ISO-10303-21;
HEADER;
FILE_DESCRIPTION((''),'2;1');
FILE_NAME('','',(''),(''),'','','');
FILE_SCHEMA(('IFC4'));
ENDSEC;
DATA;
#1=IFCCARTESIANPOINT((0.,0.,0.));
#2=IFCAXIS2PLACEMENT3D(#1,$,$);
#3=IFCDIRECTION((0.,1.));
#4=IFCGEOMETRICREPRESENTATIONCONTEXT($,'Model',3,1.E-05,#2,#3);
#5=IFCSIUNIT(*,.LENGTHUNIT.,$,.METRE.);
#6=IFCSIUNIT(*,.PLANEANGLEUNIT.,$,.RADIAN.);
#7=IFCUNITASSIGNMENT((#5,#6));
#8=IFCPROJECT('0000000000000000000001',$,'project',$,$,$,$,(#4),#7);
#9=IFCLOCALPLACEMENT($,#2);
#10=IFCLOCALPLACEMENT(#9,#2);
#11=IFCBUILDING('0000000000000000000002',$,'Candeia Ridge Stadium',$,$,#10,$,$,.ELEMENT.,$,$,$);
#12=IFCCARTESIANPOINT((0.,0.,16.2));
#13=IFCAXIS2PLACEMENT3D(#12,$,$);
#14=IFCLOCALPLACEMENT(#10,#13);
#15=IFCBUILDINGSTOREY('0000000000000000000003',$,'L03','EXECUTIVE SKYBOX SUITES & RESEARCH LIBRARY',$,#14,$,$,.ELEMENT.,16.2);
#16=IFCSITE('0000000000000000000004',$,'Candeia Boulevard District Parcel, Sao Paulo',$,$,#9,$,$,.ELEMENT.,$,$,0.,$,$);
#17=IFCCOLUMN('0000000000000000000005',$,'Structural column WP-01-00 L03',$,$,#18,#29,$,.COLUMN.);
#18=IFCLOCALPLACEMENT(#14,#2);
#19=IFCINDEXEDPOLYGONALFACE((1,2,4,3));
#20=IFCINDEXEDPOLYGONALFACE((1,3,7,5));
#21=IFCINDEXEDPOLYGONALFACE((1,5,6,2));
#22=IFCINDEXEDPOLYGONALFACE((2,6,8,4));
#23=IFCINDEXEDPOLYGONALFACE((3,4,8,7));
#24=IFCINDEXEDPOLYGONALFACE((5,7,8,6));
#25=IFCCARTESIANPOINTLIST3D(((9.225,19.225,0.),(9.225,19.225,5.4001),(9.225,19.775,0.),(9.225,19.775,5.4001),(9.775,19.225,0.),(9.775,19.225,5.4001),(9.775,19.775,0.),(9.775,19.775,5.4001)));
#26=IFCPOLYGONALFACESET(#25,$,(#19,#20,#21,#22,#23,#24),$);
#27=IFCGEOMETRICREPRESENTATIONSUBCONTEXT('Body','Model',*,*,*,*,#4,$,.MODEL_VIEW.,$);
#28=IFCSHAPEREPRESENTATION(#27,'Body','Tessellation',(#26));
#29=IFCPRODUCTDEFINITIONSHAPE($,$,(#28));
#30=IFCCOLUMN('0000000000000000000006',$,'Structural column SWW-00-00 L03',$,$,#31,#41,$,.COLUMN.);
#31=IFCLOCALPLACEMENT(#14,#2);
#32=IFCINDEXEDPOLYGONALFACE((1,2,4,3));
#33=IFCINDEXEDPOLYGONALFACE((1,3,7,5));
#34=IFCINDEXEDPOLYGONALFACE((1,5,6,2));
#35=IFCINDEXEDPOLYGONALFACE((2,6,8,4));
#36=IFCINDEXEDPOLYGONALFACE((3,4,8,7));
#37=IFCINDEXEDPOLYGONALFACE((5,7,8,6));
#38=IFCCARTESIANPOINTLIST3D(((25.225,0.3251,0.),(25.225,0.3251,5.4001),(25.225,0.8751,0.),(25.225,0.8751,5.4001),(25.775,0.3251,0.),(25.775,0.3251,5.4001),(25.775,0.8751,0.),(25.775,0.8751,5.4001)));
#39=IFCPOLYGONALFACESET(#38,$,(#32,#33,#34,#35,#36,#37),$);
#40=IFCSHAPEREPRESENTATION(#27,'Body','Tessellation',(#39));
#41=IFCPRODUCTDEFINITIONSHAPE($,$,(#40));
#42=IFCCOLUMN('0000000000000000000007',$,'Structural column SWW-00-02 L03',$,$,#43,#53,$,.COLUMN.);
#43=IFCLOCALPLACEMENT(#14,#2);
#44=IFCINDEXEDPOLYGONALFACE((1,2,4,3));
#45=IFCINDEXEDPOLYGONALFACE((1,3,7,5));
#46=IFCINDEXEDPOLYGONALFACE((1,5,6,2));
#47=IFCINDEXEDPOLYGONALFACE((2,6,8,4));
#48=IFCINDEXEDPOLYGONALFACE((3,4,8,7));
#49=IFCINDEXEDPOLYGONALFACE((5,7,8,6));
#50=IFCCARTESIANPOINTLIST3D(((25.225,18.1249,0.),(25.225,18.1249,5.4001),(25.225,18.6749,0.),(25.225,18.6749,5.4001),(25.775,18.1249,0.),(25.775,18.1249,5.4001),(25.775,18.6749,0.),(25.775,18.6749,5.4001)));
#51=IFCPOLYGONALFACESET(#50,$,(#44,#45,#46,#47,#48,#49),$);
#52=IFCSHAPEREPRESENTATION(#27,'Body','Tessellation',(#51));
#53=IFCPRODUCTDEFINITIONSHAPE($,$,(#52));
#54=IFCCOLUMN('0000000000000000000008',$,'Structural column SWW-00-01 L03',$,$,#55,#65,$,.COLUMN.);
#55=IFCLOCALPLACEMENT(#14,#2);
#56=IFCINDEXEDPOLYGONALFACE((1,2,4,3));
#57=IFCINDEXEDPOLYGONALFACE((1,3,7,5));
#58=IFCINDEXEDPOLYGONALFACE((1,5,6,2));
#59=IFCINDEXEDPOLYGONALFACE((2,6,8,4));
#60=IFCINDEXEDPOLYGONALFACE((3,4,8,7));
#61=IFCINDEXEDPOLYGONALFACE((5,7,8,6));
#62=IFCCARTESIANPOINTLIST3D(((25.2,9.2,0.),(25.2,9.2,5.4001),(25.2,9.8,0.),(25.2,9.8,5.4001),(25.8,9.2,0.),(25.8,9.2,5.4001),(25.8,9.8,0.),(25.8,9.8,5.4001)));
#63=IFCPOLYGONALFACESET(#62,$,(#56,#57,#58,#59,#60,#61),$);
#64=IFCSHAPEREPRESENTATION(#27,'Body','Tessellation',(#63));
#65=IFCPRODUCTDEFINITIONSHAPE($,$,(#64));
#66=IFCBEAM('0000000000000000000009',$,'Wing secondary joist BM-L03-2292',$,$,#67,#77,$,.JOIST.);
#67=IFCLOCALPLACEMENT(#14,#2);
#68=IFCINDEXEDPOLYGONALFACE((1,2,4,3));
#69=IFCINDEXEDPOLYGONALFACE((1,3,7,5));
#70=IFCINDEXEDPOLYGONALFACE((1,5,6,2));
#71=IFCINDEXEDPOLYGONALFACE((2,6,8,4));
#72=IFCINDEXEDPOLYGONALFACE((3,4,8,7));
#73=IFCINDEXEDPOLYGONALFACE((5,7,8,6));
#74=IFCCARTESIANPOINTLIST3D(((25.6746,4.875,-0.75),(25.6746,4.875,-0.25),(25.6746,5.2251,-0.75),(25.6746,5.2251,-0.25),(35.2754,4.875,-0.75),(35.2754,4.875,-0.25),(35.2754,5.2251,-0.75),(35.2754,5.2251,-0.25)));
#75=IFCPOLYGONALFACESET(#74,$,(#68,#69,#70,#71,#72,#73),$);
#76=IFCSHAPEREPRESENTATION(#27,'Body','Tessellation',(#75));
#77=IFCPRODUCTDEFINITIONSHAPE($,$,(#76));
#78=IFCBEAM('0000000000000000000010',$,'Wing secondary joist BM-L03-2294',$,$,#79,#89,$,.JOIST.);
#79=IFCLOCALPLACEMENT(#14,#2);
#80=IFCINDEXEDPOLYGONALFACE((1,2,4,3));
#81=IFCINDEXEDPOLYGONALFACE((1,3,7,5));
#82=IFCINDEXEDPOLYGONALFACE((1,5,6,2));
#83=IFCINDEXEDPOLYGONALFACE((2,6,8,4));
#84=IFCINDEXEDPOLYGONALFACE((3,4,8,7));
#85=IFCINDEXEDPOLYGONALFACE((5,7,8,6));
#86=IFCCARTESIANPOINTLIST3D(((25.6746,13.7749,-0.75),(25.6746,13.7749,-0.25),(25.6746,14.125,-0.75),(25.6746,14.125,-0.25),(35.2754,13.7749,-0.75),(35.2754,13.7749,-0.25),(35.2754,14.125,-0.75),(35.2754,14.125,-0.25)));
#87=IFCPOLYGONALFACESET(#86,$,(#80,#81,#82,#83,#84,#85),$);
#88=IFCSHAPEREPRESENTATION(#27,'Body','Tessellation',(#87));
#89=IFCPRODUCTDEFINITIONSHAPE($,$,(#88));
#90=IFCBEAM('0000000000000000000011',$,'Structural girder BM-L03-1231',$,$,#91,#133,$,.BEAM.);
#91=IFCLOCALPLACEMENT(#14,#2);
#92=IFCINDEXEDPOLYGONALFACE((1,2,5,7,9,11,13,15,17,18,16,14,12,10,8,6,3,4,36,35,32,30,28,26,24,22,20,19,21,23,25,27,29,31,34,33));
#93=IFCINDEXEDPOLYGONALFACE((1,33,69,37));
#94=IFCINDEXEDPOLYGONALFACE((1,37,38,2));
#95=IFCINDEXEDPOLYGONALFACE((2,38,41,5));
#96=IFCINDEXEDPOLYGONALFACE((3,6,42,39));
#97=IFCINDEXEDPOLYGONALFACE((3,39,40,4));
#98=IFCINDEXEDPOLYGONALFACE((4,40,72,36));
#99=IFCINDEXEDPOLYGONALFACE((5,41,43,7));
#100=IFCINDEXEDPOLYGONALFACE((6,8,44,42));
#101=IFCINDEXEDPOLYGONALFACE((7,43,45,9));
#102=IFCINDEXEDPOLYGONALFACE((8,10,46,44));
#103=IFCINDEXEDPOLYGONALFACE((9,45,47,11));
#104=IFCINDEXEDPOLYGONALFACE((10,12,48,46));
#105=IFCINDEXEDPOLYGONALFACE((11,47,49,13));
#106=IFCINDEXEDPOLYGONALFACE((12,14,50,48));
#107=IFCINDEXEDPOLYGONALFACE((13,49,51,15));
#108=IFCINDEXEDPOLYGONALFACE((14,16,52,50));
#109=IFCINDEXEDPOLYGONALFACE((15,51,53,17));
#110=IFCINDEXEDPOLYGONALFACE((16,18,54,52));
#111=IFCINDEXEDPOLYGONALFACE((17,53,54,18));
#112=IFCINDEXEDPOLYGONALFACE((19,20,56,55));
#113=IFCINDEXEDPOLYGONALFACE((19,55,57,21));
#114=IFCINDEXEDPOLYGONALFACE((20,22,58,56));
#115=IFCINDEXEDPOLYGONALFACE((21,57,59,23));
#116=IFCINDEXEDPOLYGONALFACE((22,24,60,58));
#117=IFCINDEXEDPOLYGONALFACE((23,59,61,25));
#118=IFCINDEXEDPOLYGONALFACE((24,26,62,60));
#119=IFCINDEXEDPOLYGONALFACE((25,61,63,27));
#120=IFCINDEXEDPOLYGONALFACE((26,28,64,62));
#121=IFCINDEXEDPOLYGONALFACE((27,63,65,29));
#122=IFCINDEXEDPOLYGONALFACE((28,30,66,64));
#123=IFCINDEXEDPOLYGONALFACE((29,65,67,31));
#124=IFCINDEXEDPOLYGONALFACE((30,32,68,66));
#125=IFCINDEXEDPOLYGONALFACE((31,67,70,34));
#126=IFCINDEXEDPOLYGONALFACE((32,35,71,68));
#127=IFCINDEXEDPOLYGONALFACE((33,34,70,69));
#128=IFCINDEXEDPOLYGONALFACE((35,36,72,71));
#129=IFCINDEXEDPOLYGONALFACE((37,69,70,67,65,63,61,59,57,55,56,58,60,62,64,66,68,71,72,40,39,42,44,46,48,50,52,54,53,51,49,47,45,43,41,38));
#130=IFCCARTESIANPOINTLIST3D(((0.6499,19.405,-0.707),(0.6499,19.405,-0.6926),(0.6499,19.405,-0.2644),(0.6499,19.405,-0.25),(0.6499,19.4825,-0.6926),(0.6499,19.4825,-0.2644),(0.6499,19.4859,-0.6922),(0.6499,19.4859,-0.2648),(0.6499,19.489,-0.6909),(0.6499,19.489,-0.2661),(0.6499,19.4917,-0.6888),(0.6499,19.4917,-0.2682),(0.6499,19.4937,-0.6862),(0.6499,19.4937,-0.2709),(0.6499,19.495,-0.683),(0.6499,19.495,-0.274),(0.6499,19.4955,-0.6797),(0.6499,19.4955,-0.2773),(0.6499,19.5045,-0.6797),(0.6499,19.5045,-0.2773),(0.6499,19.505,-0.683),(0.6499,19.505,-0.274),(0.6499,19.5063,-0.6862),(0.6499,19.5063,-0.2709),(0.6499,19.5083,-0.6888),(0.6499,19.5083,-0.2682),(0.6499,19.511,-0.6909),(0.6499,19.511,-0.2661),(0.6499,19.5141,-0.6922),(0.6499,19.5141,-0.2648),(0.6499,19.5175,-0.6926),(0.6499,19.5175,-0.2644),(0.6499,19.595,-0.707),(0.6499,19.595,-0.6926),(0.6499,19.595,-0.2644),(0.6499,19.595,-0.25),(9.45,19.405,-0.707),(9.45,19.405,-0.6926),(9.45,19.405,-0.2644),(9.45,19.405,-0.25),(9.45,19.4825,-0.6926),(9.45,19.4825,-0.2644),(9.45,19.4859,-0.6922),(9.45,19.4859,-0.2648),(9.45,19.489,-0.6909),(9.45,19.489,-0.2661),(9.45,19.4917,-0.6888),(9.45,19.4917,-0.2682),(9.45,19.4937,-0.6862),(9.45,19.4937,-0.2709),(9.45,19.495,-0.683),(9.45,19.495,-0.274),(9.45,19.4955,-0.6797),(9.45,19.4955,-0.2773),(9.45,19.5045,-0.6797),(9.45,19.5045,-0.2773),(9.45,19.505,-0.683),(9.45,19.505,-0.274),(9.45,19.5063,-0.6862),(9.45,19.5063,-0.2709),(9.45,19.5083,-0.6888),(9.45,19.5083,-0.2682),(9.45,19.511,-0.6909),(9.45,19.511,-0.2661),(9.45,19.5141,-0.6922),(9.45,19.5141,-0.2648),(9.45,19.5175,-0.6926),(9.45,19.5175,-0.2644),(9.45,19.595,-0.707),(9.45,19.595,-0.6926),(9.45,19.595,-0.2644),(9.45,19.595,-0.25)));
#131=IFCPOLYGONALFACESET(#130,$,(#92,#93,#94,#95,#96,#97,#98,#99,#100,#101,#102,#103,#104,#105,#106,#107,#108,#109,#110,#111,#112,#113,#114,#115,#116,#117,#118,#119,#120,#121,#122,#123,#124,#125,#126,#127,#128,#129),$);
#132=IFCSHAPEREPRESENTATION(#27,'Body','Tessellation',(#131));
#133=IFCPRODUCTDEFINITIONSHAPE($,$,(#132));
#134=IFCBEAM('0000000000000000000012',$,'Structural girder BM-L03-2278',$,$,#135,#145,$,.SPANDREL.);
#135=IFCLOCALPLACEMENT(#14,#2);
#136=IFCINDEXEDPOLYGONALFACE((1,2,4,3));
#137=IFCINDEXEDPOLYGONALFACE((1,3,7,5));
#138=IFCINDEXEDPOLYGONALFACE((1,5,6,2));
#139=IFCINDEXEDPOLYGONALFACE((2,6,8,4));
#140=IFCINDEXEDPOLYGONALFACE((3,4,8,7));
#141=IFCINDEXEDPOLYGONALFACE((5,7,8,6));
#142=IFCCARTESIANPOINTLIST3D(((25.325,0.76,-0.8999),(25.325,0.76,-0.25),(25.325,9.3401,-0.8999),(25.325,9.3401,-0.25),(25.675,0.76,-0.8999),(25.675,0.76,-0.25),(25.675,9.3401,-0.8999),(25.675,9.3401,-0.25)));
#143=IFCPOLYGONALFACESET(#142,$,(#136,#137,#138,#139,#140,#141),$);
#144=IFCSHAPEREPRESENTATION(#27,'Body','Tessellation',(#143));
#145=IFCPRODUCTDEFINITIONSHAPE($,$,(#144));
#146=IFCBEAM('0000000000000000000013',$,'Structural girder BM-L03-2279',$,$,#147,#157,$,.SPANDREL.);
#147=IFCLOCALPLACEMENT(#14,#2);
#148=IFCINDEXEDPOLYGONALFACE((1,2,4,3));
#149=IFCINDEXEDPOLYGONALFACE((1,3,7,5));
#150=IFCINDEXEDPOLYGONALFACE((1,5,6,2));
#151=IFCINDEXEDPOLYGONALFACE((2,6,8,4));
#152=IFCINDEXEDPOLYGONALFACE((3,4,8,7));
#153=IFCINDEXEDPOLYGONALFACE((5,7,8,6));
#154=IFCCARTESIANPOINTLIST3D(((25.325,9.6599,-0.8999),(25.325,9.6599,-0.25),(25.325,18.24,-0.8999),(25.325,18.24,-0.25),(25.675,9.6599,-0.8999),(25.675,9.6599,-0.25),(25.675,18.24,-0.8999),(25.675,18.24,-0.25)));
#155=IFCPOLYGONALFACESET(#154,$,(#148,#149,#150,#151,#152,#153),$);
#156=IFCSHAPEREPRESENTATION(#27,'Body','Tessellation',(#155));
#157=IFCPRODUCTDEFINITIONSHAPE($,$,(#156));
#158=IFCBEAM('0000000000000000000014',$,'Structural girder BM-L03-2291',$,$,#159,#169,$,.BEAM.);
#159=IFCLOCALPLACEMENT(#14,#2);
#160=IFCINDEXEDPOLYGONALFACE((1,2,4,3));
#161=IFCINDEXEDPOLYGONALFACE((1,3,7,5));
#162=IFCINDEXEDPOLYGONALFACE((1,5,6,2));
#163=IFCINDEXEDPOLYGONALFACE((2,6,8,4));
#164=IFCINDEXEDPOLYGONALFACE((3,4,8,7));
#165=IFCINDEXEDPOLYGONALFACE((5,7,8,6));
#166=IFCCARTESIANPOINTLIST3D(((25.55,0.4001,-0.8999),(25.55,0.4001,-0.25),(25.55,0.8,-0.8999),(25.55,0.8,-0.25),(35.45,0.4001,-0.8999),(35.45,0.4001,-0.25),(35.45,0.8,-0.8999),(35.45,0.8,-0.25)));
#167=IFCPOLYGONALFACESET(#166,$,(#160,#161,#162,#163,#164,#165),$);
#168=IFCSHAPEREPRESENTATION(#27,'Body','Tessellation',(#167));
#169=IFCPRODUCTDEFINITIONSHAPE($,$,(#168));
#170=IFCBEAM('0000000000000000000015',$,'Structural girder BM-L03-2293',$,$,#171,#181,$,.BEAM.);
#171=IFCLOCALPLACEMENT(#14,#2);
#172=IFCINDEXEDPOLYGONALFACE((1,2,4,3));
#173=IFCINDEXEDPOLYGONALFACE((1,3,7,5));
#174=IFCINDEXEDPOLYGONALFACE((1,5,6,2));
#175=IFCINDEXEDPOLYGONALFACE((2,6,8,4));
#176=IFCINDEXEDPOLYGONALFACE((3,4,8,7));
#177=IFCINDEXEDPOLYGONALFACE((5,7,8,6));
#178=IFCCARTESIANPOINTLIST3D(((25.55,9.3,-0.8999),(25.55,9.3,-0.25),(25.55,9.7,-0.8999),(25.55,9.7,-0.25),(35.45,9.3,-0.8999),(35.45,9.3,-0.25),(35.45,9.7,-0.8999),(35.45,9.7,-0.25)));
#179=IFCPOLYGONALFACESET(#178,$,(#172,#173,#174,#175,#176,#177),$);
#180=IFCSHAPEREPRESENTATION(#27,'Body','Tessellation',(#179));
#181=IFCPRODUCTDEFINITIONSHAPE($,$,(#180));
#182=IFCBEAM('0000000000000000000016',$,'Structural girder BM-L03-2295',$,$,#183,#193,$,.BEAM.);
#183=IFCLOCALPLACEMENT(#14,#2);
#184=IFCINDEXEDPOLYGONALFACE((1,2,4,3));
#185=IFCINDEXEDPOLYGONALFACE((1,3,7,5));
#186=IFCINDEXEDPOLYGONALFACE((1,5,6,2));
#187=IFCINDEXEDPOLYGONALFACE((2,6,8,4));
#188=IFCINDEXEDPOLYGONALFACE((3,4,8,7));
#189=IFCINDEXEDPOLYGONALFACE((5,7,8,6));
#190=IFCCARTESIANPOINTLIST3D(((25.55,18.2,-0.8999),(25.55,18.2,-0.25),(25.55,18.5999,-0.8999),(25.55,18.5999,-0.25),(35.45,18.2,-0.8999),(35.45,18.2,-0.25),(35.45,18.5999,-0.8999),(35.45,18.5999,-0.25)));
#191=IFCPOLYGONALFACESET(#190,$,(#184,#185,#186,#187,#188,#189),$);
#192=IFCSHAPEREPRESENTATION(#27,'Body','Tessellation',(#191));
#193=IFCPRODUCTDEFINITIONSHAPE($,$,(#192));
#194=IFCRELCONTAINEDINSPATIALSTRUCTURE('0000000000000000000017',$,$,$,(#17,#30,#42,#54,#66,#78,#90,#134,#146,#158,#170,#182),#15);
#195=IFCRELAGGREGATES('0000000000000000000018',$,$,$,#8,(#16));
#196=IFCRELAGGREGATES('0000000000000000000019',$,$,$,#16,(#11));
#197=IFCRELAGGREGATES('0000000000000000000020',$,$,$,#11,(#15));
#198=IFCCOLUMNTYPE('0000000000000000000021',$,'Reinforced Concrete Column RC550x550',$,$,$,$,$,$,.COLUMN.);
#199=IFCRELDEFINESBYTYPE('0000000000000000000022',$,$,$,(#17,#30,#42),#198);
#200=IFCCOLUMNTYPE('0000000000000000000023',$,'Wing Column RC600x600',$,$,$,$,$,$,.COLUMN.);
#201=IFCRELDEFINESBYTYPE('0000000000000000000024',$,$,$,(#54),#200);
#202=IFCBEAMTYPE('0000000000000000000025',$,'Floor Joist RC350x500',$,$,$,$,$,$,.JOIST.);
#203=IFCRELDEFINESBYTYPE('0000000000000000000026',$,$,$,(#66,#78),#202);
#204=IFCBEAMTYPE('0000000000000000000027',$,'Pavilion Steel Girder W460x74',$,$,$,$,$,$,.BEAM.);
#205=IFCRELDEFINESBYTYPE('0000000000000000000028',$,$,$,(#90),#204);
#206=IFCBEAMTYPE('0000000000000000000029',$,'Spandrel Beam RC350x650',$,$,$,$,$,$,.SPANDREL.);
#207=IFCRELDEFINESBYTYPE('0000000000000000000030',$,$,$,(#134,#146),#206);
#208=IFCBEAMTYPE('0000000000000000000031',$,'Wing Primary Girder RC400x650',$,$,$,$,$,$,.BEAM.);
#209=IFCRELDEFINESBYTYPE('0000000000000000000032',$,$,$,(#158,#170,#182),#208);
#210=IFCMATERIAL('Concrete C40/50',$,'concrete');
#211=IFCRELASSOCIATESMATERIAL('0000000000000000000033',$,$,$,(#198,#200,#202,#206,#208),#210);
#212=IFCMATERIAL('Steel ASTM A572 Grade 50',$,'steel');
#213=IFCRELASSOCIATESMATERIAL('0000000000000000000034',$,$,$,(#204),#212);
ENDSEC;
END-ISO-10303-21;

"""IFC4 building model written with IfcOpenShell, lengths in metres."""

from ifc_helpers import new_model, si_unit, direction, frame, origin, origin_2d, place, context, subcontext, project, spatial, rectangle, i_section, extrude, material, material_profile, profile_set, type_object, element, save


model = new_model("IFC4")

# Units and contexts
model_context = context("Model", 3, precision=1e-05, world=origin(), true_north=direction((0.0, 1.0)))
body_context = subcontext(model_context, "Body", "Model", "MODEL_VIEW")
ifc_project = project(units=[si_unit("LENGTHUNIT", "METRE"), si_unit("PLANEANGLEUNIT", "RADIAN")], contexts=[model_context])

# Site, building, storey
site_placement = place(None, origin())
site = spatial("IfcSite", under=ifc_project, at=site_placement, Name="Candeia Boulevard District Parcel, Sao Paulo", CompositionType="ELEMENT", RefElevation=0.0)
building_placement = place(site_placement, origin())
building = spatial("IfcBuilding", under=site, at=building_placement, Name="Candeia Ridge Stadium", CompositionType="ELEMENT")
storey_placement = place(building_placement, frame((0.0, 0.0, 16.2)))
storey = spatial("IfcBuildingStorey", under=building, at=storey_placement, Name="L03", Description="EXECUTIVE SKYBOX SUITES & RESEARCH LIBRARY", CompositionType="ELEMENT", Elevation=16.2)

# Columns
ifc_material_1 = material(Name="Concrete C40/50", Category="concrete")
ifc_material_profile_1 = material_profile(ifc_material_1, rectangle(XDim=0.55, YDim=0.55, at=origin_2d()), Name="RC550x550", Category="concrete")
ifc_profile_set_1 = profile_set([ifc_material_profile_1], Name="Concrete C40/50")
column_type_1 = type_object("IfcColumnType", Name="Reinforced Concrete Column RC550x550", PredefinedType="COLUMN", material=ifc_profile_set_1)
for number, where, z_axis, x_axis, name in (
    (1, (9.5, 19.5, 0.0), (0.0, 0.0, 1.0), (1.0, 0.0, 0.0), "Structural column WP-01-00 L03"),
    (2, (25.5, 0.6001, 0.0), (0.0, 0.0, 1.0), (1.0, 0.0, 0.0), "Structural column SWW-00-00 L03"),
    (3, (25.5, 18.3999, 0.0), (0.0, 0.0, 1.0), (1.0, 0.0, 0.0), "Structural column SWW-00-02 L03"),
):
    element("IfcColumn", number, at=place(storey_placement, frame(where, z_axis=z_axis, x_axis=x_axis)), inside=storey, type_object=column_type_1, Name=name, PredefinedType="COLUMN", context=body_context, shape_type="SweptSolid", body=[
        extrude(rectangle(XDim=0.55, YDim=0.55, at=origin_2d()), origin(), (0.0, 0.0, 1.0), 5.4001),
    ])
ifc_material_profile_2 = material_profile(ifc_material_1, rectangle(XDim=0.6001, YDim=0.6001, at=origin_2d()), Name="RC600x600", Category="concrete")
ifc_profile_set_2 = profile_set([ifc_material_profile_2], Name="Concrete C40/50")
column_type_2 = type_object("IfcColumnType", Name="Wing Column RC600x600", PredefinedType="COLUMN", material=ifc_profile_set_2)
column_placement = place(storey_placement, frame((25.5, 9.5, 0.0), z_axis=(0.0, 0.0, 1.0), x_axis=(1.0, 0.0, 0.0)))
element("IfcColumn", 4, at=column_placement, inside=storey, type_object=column_type_2, Name="Structural column SWW-00-01 L03", PredefinedType="COLUMN", context=body_context, shape_type="SweptSolid", body=[
    extrude(rectangle(XDim=0.6001, YDim=0.6001, at=origin_2d()), origin(), (0.0, 0.0, 1.0), 5.4001),
])

# Beams
ifc_material_profile_3 = material_profile(ifc_material_1, rectangle(XDim=0.3501, YDim=0.5, at=origin_2d()), Name="RC350x500", Category="concrete")
ifc_profile_set_3 = profile_set([ifc_material_profile_3], Name="Concrete C40/50")
beam_type_1 = type_object("IfcBeamType", Name="Floor Joist RC350x500", PredefinedType="JOIST", material=ifc_profile_set_3)
for number, where, z_axis, x_axis, name in (
    (5, (25.6746, 5.05, -0.5), (1.0, 0.0, 0.0), (0.0, 1.0, 0.0), "Wing secondary joist BM-L03-2292"),
    (6, (25.6746, 13.95, -0.5), (1.0, 0.0, 0.0), (0.0, 1.0, 0.0), "Wing secondary joist BM-L03-2294"),
):
    element("IfcBeam", number, at=place(storey_placement, frame(where, z_axis=z_axis, x_axis=x_axis)), inside=storey, type_object=beam_type_1, Name=name, PredefinedType="JOIST", context=body_context, shape_type="SweptSolid", body=[
        extrude(rectangle(XDim=0.3501, YDim=0.5, at=origin_2d()), origin(), (0.0, 0.0, 1.0), 9.6008),
    ])
ifc_material_2 = material(Name="Steel ASTM A572 Grade 50", Category="steel")
ifc_material_profile_4 = material_profile(ifc_material_2, i_section(OverallWidth=0.1899, OverallDepth=0.457, WebThickness=0.009, FlangeThickness=0.0144, FilletRadius=0.0129, at=origin_2d()), Name="W460x74", Category="steel")
ifc_profile_set_4 = profile_set([ifc_material_profile_4], Name="Steel ASTM A572 Grade 50")
beam_type_2 = type_object("IfcBeamType", Name="Pavilion Steel Girder W460x74", PredefinedType="BEAM", material=ifc_profile_set_4)
beam_placement = place(storey_placement, frame((0.6499, 19.5, -0.4785), z_axis=(1.0, 0.0, 0.0), x_axis=(0.0, 1.0, 0.0)))
element("IfcBeam", 7, at=beam_placement, inside=storey, type_object=beam_type_2, Name="Structural girder BM-L03-1231", PredefinedType="BEAM", context=body_context, shape_type="SweptSolid", body=[
    extrude(i_section(OverallWidth=0.1899, OverallDepth=0.457, WebThickness=0.009, FlangeThickness=0.0144, FilletRadius=0.0129, at=origin_2d()), origin(), (0.0, 0.0, 1.0), 8.8),
])
ifc_material_profile_5 = material_profile(ifc_material_1, rectangle(XDim=0.3501, YDim=0.6499, at=origin_2d()), Name="RC350x650", Category="concrete")
ifc_profile_set_5 = profile_set([ifc_material_profile_5], Name="Concrete C40/50")
beam_type_3 = type_object("IfcBeamType", Name="Spandrel Beam RC350x650", PredefinedType="SPANDREL", material=ifc_profile_set_5)
for number, where, z_axis, x_axis, name in (
    (8, (25.5, 0.76, -0.575), (0.0, 1.0, 0.0), (-1.0, 0.0, 0.0), "Structural girder BM-L03-2278"),
    (9, (25.5, 9.6599, -0.575), (0.0, 1.0, 0.0), (-1.0, 0.0, 0.0), "Structural girder BM-L03-2279"),
):
    element("IfcBeam", number, at=place(storey_placement, frame(where, z_axis=z_axis, x_axis=x_axis)), inside=storey, type_object=beam_type_3, Name=name, PredefinedType="SPANDREL", context=body_context, shape_type="SweptSolid", body=[
        extrude(rectangle(XDim=0.3501, YDim=0.6499, at=origin_2d()), origin(), (0.0, 0.0, 1.0), 8.5801),
    ])
ifc_material_profile_6 = material_profile(ifc_material_1, rectangle(XDim=0.3999, YDim=0.6499, at=origin_2d()), Name="RC400x650", Category="concrete")
ifc_profile_set_6 = profile_set([ifc_material_profile_6], Name="Concrete C40/50")
beam_type_4 = type_object("IfcBeamType", Name="Wing Primary Girder RC400x650", PredefinedType="BEAM", material=ifc_profile_set_6)
for number, where, z_axis, x_axis, name in (
    (10, (25.55, 0.6001, -0.575), (1.0, 0.0, 0.0), (0.0, 1.0, 0.0), "Structural girder BM-L03-2291"),
    (11, (25.55, 9.5, -0.575), (1.0, 0.0, 0.0), (0.0, 1.0, 0.0), "Structural girder BM-L03-2293"),
    (12, (25.55, 18.3999, -0.575), (1.0, 0.0, 0.0), (0.0, 1.0, 0.0), "Structural girder BM-L03-2295"),
):
    element("IfcBeam", number, at=place(storey_placement, frame(where, z_axis=z_axis, x_axis=x_axis)), inside=storey, type_object=beam_type_4, Name=name, PredefinedType="BEAM", context=body_context, shape_type="SweptSolid", body=[
        extrude(rectangle(XDim=0.3999, YDim=0.6499, at=origin_2d()), origin(), (0.0, 0.0, 1.0), 9.8999),
    ])

save(model, "model.ifc")
